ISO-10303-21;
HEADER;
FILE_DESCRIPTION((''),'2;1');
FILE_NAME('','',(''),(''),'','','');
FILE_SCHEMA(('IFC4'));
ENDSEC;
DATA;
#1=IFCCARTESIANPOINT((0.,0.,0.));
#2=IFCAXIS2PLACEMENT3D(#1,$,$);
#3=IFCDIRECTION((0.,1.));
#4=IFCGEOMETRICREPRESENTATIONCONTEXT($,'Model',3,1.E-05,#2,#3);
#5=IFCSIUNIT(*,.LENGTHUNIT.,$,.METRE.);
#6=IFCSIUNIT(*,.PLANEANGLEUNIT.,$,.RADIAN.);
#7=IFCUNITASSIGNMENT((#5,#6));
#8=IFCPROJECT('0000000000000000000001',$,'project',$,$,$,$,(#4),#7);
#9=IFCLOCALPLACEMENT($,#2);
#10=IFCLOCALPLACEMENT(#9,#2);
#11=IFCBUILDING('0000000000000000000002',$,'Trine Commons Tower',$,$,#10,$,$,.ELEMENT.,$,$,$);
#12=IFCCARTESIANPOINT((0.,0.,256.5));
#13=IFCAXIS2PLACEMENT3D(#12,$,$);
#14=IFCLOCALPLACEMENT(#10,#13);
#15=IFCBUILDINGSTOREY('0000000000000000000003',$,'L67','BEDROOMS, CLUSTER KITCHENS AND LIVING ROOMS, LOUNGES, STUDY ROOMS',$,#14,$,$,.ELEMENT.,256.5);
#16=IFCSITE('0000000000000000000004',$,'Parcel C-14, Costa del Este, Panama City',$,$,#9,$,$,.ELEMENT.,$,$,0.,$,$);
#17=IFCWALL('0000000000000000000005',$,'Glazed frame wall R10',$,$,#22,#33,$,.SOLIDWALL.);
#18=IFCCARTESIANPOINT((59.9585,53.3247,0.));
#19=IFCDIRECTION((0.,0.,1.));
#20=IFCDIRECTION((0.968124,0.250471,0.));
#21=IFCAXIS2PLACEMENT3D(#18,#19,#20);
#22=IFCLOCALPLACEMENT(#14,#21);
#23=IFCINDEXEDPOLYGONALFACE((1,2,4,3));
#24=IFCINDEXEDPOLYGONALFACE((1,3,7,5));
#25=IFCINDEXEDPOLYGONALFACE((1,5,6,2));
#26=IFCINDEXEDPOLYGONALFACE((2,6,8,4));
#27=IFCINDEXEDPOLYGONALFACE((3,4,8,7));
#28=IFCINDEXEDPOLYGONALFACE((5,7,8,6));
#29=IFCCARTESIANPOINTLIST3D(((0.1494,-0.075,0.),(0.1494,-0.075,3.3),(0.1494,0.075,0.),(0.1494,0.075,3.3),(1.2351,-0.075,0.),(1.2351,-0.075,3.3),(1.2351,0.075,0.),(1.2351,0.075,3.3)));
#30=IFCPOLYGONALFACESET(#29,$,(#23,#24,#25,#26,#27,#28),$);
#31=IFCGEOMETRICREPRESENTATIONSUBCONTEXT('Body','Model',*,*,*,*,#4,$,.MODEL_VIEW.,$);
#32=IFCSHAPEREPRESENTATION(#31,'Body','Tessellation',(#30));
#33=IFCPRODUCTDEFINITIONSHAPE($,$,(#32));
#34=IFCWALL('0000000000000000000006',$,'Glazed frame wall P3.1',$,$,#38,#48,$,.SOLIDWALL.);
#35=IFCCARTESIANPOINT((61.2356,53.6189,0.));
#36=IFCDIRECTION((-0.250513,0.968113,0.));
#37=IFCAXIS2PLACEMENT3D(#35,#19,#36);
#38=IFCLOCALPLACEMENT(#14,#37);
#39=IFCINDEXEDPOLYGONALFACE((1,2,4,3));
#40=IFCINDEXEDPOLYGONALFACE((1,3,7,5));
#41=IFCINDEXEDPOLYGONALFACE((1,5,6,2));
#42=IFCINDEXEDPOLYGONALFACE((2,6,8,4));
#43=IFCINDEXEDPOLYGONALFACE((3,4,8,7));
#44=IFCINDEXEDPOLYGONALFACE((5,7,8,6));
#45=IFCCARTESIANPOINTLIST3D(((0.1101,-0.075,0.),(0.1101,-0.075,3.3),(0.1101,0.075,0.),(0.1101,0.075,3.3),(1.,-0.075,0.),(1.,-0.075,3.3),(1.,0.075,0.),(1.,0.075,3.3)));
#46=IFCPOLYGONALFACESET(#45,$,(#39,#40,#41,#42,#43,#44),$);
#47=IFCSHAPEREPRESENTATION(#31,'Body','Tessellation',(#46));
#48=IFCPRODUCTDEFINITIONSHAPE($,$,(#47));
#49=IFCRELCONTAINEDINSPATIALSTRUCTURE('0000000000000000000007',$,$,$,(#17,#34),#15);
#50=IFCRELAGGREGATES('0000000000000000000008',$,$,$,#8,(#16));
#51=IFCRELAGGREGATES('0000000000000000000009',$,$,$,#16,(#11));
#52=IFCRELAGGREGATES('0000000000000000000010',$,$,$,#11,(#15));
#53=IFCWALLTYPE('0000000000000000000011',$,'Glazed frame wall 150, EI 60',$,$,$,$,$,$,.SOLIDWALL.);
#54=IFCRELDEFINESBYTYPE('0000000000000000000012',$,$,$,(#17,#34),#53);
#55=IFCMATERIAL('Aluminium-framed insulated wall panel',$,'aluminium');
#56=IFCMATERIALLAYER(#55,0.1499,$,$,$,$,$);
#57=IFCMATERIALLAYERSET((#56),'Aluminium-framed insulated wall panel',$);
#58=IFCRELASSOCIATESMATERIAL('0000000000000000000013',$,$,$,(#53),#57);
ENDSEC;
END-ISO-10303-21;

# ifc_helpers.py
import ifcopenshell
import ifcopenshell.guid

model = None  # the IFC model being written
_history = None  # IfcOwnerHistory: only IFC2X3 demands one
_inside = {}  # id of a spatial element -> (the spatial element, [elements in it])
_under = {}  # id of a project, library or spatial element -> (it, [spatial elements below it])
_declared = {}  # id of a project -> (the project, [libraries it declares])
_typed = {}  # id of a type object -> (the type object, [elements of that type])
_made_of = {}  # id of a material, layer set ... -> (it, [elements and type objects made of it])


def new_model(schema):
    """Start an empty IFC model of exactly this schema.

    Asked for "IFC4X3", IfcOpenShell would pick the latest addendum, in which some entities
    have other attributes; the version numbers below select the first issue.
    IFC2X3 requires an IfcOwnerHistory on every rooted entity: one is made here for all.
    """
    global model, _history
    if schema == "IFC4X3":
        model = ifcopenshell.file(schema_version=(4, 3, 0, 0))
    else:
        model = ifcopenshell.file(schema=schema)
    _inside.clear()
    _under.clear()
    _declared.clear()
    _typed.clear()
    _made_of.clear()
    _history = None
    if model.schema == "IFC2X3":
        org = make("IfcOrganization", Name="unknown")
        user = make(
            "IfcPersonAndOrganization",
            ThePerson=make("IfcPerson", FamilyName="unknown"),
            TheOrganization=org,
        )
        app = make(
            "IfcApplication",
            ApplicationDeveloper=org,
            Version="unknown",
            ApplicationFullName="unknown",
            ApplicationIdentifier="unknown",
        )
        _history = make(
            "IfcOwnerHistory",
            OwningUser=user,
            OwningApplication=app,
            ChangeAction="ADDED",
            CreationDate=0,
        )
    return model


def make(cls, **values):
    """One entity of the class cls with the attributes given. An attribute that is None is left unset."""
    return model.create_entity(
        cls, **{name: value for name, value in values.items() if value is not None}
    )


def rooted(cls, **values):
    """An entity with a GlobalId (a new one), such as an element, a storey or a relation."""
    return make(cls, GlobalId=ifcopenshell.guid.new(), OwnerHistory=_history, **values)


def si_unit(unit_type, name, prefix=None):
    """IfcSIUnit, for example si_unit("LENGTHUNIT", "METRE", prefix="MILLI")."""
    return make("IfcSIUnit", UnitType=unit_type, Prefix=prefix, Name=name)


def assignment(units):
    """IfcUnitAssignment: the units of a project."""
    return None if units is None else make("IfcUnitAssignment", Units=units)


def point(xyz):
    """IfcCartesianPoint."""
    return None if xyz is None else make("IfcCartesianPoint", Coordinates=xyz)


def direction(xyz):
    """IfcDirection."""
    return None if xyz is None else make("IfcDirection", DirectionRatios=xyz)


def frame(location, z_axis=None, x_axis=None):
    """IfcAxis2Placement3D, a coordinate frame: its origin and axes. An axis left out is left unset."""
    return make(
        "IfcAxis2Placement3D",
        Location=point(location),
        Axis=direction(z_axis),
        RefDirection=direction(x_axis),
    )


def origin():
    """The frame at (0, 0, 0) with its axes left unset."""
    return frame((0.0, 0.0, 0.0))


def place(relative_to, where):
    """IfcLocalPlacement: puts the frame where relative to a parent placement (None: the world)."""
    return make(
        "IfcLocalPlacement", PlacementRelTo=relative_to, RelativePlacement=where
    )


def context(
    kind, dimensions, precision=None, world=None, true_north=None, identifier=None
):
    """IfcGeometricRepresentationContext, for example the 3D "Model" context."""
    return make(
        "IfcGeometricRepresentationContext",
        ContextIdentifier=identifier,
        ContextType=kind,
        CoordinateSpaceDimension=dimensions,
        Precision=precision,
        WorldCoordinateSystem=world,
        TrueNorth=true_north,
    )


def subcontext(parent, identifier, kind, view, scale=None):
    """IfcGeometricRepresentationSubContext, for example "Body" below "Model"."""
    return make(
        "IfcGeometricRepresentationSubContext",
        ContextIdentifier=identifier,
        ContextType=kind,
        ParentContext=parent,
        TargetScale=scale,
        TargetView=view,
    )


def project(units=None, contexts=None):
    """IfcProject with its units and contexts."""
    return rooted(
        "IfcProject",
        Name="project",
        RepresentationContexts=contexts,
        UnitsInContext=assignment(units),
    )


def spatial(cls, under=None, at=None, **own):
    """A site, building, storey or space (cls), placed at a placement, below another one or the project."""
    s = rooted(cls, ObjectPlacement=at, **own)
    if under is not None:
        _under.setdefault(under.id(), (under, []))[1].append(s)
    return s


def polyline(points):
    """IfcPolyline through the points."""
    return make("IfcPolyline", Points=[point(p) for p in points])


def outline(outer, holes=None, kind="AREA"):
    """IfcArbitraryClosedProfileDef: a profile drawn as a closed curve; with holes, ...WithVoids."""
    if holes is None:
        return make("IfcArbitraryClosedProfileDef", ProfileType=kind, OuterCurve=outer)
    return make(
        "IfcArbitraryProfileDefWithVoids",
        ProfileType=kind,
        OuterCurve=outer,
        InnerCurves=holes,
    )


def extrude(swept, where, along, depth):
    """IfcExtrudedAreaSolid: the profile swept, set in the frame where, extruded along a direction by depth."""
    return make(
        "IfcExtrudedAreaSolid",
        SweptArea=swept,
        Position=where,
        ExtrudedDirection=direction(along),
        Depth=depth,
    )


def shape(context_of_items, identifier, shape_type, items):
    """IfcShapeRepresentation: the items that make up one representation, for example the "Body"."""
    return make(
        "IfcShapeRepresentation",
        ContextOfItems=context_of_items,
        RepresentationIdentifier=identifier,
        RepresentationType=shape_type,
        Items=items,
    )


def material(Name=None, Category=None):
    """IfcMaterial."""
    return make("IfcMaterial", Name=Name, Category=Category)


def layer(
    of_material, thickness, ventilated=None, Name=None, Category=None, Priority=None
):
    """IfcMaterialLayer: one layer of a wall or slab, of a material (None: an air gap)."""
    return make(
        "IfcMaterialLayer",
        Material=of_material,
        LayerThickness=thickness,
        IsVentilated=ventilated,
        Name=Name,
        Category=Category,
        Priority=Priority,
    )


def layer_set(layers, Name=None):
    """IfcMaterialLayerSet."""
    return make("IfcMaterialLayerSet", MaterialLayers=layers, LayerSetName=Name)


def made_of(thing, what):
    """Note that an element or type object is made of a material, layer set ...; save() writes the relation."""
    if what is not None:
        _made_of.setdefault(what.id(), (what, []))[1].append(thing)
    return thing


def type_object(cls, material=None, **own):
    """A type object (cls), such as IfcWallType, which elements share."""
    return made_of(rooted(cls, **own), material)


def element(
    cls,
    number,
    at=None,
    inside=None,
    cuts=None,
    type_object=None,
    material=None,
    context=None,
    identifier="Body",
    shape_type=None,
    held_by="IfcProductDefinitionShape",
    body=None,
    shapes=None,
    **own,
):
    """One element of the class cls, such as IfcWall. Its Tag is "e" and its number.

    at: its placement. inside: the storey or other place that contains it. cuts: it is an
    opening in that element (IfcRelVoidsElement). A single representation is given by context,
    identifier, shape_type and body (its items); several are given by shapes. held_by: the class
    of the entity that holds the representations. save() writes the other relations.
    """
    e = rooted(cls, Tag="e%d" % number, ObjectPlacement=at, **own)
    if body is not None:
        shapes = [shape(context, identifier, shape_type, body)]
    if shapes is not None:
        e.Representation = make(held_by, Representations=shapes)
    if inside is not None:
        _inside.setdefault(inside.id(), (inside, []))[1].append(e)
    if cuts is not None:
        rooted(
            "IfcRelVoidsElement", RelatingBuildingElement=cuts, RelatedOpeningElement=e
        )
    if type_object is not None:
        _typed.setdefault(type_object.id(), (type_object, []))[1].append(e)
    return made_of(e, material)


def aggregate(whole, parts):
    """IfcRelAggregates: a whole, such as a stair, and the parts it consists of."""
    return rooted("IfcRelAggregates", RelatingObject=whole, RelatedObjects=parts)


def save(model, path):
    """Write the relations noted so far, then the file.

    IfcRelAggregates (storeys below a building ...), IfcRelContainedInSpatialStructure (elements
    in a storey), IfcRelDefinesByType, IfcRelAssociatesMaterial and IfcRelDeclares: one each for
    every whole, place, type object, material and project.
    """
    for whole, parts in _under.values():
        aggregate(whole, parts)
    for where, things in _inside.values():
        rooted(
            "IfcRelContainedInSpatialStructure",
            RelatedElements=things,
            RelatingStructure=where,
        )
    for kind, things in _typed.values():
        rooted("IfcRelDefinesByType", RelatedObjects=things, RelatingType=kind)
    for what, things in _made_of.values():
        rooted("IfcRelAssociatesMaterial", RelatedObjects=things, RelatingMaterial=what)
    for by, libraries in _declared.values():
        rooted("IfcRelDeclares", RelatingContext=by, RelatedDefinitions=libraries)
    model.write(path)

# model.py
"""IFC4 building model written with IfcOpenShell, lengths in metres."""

from ifc_helpers import new_model, si_unit, direction, frame, origin, place, context, subcontext, project, spatial, polyline, outline, extrude, material, layer, layer_set, type_object, element, save


model = new_model("IFC4")

# Units and contexts
model_context = context("Model", 3, precision=1e-05, world=origin(), true_north=direction((0.0, 1.0)))
body_context = subcontext(model_context, "Body", "Model", "MODEL_VIEW")
ifc_project = project(units=[si_unit("LENGTHUNIT", "METRE"), si_unit("PLANEANGLEUNIT", "RADIAN")], contexts=[model_context])

# Site, building, storey
site_placement = place(None, origin())
site = spatial("IfcSite", under=ifc_project, at=site_placement, Name="Parcel C-14, Costa del Este, Panama City", CompositionType="ELEMENT", RefElevation=0.0)
building_placement = place(site_placement, origin())
building = spatial("IfcBuilding", under=site, at=building_placement, Name="Trine Commons Tower", CompositionType="ELEMENT")
storey_placement = place(building_placement, frame((0.0, 0.0, 256.5)))
storey = spatial("IfcBuildingStorey", under=building, at=storey_placement, Name="L67", Description="BEDROOMS, CLUSTER KITCHENS AND LIVING ROOMS, LOUNGES, STUDY ROOMS", CompositionType="ELEMENT", Elevation=256.5)

# Walls
ifc_material_1 = material(Name="Aluminium-framed insulated wall panel", Category="aluminium")
ifc_layer_1 = layer(ifc_material_1, 0.1499)
ifc_layer_set_1 = layer_set([ifc_layer_1], Name="Aluminium-framed insulated wall panel")
wall_type_1 = type_object("IfcWallType", Name="Glazed frame wall 150, EI 60", PredefinedType="SOLIDWALL", material=ifc_layer_set_1)
wall_1_placement = place(storey_placement, frame((59.9585, 53.3247, 0.0), z_axis=(0.0, 0.0, 1.0), x_axis=(0.968124, 0.250471, 0.0)))
element("IfcWall", 1, at=wall_1_placement, inside=storey, type_object=wall_type_1, Name="Glazed frame wall R10", PredefinedType="SOLIDWALL", context=body_context, shape_type="SweptSolid", body=[
    extrude(outline(polyline([(0.1494, 0.075), (0.1494, -0.075), (1.2351, -0.075), (1.2351, 0.075), (0.1494, 0.075)])), origin(), (0.0, 0.0, 1.0), 3.3),
])
wall_2_placement = place(storey_placement, frame((61.2356, 53.6189, 0.0), z_axis=(0.0, 0.0, 1.0), x_axis=(-0.250513, 0.968113, 0.0)))
element("IfcWall", 2, at=wall_2_placement, inside=storey, type_object=wall_type_1, Name="Glazed frame wall P3.1", PredefinedType="SOLIDWALL", context=body_context, shape_type="SweptSolid", body=[
    extrude(outline(polyline([(0.1101, -0.075), (1.0, -0.075), (1.0, 0.075), (0.1101, 0.075), (0.1101, -0.075)])), origin(), (0.0, 0.0, 1.0), 3.3),
])

save(model, "model.ifc")
